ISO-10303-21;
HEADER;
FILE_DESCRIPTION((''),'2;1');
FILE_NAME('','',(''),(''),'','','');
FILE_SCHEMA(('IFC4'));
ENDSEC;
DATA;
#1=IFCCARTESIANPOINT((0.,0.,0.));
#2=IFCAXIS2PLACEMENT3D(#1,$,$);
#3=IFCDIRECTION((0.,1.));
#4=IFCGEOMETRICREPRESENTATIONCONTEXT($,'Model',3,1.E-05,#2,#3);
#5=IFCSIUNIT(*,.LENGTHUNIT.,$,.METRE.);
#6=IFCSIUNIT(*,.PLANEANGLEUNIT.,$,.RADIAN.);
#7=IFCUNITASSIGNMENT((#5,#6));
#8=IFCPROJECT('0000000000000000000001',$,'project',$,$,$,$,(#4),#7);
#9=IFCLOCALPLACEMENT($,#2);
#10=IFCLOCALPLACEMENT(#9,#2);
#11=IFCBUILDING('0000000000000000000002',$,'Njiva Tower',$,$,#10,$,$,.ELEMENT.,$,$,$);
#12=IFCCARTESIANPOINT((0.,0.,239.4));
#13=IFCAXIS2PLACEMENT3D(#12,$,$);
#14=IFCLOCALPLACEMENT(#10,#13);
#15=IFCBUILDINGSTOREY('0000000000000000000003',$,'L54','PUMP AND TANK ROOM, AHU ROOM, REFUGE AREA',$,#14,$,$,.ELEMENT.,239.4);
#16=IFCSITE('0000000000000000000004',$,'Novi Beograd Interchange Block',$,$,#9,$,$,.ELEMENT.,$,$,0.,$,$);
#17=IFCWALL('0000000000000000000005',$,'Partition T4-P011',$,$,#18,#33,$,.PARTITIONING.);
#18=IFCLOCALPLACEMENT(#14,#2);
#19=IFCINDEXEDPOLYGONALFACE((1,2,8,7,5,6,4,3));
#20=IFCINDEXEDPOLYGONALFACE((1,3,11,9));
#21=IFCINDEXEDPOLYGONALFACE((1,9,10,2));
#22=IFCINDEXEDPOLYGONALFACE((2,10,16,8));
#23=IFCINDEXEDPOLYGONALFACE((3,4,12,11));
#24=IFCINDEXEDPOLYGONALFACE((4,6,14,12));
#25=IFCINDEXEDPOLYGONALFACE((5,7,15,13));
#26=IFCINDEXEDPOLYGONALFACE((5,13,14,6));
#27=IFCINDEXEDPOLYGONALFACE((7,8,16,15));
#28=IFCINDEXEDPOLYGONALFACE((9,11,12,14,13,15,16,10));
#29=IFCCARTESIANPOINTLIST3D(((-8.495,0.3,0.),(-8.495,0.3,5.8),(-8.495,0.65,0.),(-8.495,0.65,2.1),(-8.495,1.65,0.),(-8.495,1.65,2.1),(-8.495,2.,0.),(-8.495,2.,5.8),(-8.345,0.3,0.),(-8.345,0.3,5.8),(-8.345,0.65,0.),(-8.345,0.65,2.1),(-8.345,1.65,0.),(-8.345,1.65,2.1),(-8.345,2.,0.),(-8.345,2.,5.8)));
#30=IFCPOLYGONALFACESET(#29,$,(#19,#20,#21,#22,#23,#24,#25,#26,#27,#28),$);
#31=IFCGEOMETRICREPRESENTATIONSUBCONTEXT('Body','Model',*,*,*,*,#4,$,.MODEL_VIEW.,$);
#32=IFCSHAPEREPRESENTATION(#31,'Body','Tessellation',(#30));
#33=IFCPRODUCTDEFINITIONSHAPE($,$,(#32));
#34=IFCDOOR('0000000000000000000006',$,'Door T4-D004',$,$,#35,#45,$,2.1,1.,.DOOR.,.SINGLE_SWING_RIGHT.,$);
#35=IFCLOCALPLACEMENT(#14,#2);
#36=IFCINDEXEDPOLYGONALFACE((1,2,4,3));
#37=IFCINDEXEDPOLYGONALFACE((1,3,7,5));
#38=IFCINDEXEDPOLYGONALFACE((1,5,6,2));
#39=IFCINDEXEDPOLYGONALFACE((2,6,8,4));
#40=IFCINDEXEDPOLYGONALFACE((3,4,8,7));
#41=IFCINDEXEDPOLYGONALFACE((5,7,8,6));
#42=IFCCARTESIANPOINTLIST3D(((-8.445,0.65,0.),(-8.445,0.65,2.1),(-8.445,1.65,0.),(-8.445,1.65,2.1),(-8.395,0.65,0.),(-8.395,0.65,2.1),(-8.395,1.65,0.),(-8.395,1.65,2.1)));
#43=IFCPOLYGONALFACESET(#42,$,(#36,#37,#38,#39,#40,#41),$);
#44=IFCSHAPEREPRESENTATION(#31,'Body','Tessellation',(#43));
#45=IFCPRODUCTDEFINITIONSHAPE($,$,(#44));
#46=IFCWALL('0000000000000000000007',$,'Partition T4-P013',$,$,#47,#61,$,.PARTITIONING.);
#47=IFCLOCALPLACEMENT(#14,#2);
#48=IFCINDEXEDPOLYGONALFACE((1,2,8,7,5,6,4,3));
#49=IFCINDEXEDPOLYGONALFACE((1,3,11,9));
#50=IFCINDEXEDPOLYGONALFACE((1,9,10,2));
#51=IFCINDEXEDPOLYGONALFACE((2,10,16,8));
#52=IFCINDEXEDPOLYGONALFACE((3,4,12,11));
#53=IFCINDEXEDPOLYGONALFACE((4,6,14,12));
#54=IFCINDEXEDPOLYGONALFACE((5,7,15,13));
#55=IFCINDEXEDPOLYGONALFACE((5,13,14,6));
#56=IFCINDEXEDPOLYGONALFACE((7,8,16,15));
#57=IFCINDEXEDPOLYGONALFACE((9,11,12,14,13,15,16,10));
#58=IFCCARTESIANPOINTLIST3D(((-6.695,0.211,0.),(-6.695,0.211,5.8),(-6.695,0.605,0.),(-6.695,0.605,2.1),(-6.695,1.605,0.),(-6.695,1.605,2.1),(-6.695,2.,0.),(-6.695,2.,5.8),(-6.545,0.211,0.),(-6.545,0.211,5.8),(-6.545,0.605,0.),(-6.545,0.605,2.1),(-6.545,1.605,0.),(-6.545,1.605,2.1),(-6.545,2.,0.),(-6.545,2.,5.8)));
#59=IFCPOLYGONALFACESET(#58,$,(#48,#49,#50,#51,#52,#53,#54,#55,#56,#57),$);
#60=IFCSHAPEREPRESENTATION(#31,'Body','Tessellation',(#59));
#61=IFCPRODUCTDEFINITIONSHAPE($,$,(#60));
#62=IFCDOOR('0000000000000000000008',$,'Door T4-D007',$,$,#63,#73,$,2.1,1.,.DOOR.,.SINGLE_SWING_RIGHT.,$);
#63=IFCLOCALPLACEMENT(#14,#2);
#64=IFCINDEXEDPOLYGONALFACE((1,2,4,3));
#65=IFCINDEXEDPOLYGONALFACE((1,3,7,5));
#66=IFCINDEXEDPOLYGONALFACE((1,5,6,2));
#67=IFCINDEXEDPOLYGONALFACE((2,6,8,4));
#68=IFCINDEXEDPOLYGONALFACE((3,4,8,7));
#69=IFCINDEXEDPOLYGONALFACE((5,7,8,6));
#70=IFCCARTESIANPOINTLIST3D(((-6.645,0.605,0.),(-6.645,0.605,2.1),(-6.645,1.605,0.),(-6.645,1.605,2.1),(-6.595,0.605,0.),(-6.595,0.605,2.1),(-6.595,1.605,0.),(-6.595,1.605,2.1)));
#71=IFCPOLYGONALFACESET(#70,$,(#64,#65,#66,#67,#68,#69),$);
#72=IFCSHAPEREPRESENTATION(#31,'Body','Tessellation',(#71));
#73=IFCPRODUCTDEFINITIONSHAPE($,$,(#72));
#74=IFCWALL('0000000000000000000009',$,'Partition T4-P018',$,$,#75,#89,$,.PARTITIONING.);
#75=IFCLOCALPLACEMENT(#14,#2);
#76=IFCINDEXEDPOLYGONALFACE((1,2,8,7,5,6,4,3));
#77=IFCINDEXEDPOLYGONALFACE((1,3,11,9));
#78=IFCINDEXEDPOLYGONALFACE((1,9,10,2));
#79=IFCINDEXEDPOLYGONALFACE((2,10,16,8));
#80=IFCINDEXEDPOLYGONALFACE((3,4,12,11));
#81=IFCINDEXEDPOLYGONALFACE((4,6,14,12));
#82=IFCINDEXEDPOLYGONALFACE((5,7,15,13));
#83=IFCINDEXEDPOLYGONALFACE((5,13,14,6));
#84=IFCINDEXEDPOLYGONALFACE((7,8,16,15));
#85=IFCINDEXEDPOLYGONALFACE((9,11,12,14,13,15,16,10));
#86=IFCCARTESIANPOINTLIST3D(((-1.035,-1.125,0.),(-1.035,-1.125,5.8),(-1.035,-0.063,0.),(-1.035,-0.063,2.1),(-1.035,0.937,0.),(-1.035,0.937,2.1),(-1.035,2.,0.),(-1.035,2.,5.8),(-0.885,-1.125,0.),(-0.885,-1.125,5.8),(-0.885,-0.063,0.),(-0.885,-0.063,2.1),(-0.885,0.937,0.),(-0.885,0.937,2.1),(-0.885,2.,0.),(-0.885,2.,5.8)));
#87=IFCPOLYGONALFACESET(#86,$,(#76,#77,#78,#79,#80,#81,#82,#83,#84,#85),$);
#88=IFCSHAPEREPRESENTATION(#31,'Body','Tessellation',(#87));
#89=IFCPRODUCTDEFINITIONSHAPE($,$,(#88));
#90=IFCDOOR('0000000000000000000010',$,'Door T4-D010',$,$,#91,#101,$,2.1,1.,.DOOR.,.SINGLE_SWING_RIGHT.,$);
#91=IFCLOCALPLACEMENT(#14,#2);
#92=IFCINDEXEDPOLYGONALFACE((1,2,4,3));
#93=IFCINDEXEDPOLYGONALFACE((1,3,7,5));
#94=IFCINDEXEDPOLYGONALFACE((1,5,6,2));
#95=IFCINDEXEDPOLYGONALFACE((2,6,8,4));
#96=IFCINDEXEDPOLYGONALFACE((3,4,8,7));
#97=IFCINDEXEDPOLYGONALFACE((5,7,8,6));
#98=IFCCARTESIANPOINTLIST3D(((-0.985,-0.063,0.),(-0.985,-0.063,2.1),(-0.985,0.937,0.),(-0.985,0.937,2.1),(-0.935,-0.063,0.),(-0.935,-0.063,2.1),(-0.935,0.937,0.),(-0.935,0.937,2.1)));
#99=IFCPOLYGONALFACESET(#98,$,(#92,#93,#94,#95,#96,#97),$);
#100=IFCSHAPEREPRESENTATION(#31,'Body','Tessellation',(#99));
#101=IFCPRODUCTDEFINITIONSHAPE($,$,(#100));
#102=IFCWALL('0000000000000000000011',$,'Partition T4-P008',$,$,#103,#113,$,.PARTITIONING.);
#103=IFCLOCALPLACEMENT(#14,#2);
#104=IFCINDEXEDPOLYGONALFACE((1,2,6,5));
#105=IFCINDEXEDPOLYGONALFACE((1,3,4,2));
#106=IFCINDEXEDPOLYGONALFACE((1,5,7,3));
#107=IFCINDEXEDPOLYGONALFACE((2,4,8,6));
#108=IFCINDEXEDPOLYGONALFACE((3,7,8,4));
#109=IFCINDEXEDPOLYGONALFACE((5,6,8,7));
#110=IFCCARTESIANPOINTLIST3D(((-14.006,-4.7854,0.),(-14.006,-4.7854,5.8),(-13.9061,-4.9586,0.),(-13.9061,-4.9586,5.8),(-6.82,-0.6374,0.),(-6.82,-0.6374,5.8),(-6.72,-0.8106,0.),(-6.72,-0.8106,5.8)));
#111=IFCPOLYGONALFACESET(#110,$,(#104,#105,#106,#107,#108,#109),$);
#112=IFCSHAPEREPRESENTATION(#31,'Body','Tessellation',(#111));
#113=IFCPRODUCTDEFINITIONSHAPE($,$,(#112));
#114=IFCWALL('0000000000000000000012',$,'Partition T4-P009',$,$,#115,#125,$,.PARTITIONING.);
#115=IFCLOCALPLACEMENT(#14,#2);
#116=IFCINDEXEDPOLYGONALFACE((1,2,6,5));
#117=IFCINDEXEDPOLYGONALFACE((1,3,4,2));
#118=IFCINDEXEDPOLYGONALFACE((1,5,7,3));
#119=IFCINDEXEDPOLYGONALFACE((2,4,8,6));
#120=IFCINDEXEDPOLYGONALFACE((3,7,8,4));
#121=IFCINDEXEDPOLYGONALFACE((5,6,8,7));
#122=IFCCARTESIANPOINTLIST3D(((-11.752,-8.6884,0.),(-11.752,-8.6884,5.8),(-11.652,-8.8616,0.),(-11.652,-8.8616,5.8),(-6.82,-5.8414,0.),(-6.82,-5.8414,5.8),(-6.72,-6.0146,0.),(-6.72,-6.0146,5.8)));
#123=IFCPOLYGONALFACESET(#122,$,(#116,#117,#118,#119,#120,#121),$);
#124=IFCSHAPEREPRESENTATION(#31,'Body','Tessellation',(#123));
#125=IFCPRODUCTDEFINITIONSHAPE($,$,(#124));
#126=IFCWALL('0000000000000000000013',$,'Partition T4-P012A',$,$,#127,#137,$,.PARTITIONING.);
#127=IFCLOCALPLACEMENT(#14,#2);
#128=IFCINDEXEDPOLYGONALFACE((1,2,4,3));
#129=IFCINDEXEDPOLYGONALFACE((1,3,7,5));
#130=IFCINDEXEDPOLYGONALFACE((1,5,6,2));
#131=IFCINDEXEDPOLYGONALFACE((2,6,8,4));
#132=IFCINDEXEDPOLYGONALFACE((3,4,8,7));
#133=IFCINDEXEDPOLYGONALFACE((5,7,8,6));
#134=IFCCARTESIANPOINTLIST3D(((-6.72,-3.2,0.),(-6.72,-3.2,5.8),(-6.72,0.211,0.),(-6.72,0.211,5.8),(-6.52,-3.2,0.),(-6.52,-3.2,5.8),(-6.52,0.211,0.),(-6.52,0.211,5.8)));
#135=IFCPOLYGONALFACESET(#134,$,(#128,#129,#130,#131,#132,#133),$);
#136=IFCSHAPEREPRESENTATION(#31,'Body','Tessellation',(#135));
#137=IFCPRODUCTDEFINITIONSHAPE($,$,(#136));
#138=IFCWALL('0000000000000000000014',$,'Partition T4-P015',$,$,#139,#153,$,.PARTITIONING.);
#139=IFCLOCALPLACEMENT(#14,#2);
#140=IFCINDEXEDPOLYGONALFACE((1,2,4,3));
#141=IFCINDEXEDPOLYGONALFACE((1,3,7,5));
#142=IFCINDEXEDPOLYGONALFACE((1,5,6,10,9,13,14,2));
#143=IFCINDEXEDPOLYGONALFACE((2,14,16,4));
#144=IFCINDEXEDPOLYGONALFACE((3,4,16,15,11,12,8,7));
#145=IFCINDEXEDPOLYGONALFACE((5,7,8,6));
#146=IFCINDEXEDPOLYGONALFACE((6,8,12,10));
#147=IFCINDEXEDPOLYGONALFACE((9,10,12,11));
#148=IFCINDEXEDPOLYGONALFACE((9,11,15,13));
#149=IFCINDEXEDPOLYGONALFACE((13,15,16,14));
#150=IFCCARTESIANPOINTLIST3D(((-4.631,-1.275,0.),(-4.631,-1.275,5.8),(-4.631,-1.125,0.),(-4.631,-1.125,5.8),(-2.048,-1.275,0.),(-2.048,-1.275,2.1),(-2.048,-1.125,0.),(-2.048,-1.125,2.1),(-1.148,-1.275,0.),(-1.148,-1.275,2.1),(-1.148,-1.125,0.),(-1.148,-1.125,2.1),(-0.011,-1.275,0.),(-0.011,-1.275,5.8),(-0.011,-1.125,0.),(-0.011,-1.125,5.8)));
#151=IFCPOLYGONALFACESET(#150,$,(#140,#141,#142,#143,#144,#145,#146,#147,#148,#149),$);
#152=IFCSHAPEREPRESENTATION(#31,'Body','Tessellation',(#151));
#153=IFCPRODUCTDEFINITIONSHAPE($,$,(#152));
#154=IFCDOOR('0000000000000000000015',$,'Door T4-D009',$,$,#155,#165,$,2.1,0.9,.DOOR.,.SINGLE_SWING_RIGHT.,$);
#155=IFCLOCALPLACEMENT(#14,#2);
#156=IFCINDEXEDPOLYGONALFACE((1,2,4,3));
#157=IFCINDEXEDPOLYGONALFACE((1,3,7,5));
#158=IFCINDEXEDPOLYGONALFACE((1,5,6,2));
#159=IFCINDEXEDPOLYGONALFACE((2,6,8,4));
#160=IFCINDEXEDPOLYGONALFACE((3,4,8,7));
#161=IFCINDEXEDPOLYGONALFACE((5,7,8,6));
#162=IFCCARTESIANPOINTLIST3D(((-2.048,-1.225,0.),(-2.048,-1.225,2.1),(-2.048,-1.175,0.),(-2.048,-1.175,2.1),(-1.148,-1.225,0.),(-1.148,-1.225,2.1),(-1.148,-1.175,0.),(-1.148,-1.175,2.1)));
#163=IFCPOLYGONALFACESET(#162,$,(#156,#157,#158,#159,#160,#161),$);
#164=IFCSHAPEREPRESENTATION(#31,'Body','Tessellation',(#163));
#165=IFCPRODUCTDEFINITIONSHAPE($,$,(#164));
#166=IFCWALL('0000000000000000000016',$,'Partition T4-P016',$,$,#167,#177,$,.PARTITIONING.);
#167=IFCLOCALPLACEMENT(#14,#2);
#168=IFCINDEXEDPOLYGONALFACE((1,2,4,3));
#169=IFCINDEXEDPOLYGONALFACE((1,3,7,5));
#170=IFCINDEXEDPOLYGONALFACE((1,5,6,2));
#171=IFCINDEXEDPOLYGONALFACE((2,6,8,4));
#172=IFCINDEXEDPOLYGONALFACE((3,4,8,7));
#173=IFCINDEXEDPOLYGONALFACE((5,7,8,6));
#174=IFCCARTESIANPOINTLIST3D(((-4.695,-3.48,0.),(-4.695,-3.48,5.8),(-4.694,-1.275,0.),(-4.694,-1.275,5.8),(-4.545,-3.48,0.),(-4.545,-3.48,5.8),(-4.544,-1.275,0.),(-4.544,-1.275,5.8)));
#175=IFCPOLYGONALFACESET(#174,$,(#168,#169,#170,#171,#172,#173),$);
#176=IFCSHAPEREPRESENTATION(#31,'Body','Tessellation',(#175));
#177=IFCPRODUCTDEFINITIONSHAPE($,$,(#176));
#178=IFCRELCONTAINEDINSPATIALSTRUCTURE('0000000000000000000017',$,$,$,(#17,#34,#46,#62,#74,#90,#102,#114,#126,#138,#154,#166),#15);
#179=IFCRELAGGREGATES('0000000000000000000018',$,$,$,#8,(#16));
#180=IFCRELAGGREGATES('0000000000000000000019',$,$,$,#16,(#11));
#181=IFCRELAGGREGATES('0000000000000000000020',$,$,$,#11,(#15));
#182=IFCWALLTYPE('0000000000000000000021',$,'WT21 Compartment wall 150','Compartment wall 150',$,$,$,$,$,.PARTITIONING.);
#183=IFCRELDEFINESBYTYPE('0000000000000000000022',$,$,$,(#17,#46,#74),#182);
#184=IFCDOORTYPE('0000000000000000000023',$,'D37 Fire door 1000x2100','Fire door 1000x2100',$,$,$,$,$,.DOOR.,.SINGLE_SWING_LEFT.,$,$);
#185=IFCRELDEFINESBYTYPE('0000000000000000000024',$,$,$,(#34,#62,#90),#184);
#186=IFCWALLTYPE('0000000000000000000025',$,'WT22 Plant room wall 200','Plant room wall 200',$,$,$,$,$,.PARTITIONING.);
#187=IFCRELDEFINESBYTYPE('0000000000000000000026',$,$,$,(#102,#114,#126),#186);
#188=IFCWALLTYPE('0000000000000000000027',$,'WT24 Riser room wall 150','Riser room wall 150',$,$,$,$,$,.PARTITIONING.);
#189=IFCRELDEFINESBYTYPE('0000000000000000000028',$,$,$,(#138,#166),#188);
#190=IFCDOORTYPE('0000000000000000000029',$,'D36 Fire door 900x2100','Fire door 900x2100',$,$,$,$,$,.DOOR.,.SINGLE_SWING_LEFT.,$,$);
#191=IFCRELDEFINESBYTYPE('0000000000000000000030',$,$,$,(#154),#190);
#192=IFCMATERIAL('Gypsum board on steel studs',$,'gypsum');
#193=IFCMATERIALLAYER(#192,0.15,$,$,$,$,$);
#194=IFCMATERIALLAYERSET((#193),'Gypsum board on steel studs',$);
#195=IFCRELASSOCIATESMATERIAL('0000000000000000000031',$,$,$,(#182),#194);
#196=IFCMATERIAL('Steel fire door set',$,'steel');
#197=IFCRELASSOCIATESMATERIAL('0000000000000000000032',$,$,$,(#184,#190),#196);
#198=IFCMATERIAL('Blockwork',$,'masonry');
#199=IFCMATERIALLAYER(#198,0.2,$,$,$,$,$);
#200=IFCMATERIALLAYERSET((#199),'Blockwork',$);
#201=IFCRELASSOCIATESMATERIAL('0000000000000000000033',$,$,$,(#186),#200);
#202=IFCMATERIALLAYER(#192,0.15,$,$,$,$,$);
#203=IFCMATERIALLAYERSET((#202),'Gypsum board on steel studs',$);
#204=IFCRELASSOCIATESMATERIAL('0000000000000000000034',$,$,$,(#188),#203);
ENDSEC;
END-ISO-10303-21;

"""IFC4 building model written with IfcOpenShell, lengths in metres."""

from ifc_helpers import new_model, si_unit, direction, frame, frame_2d, origin, place, context, subcontext, project, spatial, rectangle, extrude, material, layer, layer_set, type_object, element, fill, save


model = new_model("IFC4")

# Units and contexts
model_context = context("Model", 3, precision=1e-05, world=origin(), true_north=direction((0.0, 1.0)))
body_context = subcontext(model_context, "Body", "Model", "MODEL_VIEW")
ifc_project = project(units=[si_unit("LENGTHUNIT", "METRE"), si_unit("PLANEANGLEUNIT", "RADIAN")], contexts=[model_context])

# Site, building, storey
site_placement = place(None, origin())
site = spatial("IfcSite", under=ifc_project, at=site_placement, Name="Novi Beograd Interchange Block", CompositionType="ELEMENT", RefElevation=0.0)
building_placement = place(site_placement, origin())
building = spatial("IfcBuilding", under=site, at=building_placement, Name="Njiva Tower", CompositionType="ELEMENT")
storey_placement = place(building_placement, frame((0.0, 0.0, 239.4)))
storey = spatial("IfcBuildingStorey", under=building, at=storey_placement, Name="L54", Description="PUMP AND TANK ROOM, AHU ROOM, REFUGE AREA", CompositionType="ELEMENT", Elevation=239.4)

# Walls, openings, doors
ifc_material_1 = material(Name="Gypsum board on steel studs", Category="gypsum")
ifc_layer_1 = layer(ifc_material_1, 0.15)
ifc_layer_set_1 = layer_set([ifc_layer_1], Name="Gypsum board on steel studs")
wall_type_1 = type_object("IfcWallType", Name="WT21 Compartment wall 150", Description="Compartment wall 150", PredefinedType="PARTITIONING", material=ifc_layer_set_1)
wall_1_placement = place(storey_placement, frame((-8.42, 0.3, 0.0), z_axis=(0.0, 0.0, 1.0), x_axis=(0.0, 1.0, 0.0)))
wall_1 = element("IfcWall", 1, at=wall_1_placement, inside=storey, type_object=wall_type_1, Name="Partition T4-P011", PredefinedType="PARTITIONING", context=body_context, shape_type="SweptSolid", body=[
    extrude(rectangle(XDim=1.7, YDim=0.15, at=frame_2d((0.85, 0.0))), origin(), (0.0, 0.0, 1.0), 5.8),
])
opening_1_placement = place(wall_1_placement, frame((0.35, 0.0, 0.0)))
opening_1 = element("IfcOpeningElement", 2, at=opening_1_placement, cuts=wall_1, PredefinedType="OPENING", context=body_context, shape_type="SweptSolid", body=[
    extrude(rectangle(XDim=1.0, YDim=2.1, at=frame_2d((0.5, 1.05))), frame((0.0, 0.085, 0.0), z_axis=(0.0, -1.0, 0.0), x_axis=(1.0, 0.0, 0.0)), (0.0, 0.0, 1.0), 0.17),
])
ifc_material_2 = material(Name="Steel fire door set", Category="steel")
door_type_1 = type_object("IfcDoorType", Name="D37 Fire door 1000x2100", Description="Fire door 1000x2100", OperationType="SINGLE_SWING_LEFT", PredefinedType="DOOR", material=ifc_material_2)
door_1_placement = place(opening_1_placement, origin())
door_1 = element("IfcDoor", 3, at=door_1_placement, inside=storey, type_object=door_type_1, Name="Door T4-D004", OperationType="SINGLE_SWING_RIGHT", OverallHeight=2.1, OverallWidth=1.0, PredefinedType="DOOR", context=body_context, shape_type="SweptSolid", body=[
    extrude(rectangle(XDim=1.0, YDim=2.1, at=frame_2d((0.5, 1.05))), frame((0.0, 0.025, 0.0), z_axis=(0.0, -1.0, 0.0), x_axis=(1.0, 0.0, 0.0)), (0.0, 0.0, 1.0), 0.05),
])
fill(opening_1, door_1)
wall_2_placement = place(storey_placement, frame((-6.62, 0.211, 0.0), z_axis=(0.0, 0.0, 1.0), x_axis=(0.0, 1.0, 0.0)))
wall_2 = element("IfcWall", 4, at=wall_2_placement, inside=storey, type_object=wall_type_1, Name="Partition T4-P013", PredefinedType="PARTITIONING", context=body_context, shape_type="SweptSolid", body=[
    extrude(rectangle(XDim=1.789, YDim=0.15, at=frame_2d((0.8945, 0.0))), origin(), (0.0, 0.0, 1.0), 5.8),
])
opening_2_placement = place(wall_2_placement, frame((0.394, 0.0, 0.0)))
opening_2 = element("IfcOpeningElement", 5, at=opening_2_placement, cuts=wall_2, PredefinedType="OPENING", context=body_context, shape_type="SweptSolid", body=[
    extrude(rectangle(XDim=1.0, YDim=2.1, at=frame_2d((0.5, 1.05))), frame((0.0, 0.085, 0.0), z_axis=(0.0, -1.0, 0.0), x_axis=(1.0, 0.0, 0.0)), (0.0, 0.0, 1.0), 0.17),
])
door_2_placement = place(opening_2_placement, origin())
door_2 = element("IfcDoor", 6, at=door_2_placement, inside=storey, type_object=door_type_1, Name="Door T4-D007", OperationType="SINGLE_SWING_RIGHT", OverallHeight=2.1, OverallWidth=1.0, PredefinedType="DOOR", context=body_context, shape_type="SweptSolid", body=[
    extrude(rectangle(XDim=1.0, YDim=2.1, at=frame_2d((0.5, 1.05))), frame((0.0, 0.025, 0.0), z_axis=(0.0, -1.0, 0.0), x_axis=(1.0, 0.0, 0.0)), (0.0, 0.0, 1.0), 0.05),
])
fill(opening_2, door_2)
wall_3_placement = place(storey_placement, frame((-0.96, -1.125, 0.0), z_axis=(0.0, 0.0, 1.0), x_axis=(0.0, 1.0, 0.0)))
wall_3 = element("IfcWall", 7, at=wall_3_placement, inside=storey, type_object=wall_type_1, Name="Partition T4-P018", PredefinedType="PARTITIONING", context=body_context, shape_type="SweptSolid", body=[
    extrude(rectangle(XDim=3.125, YDim=0.15, at=frame_2d((1.5625, 0.0))), origin(), (0.0, 0.0, 1.0), 5.8),
])
opening_3_placement = place(wall_3_placement, frame((1.062, 0.0, 0.0)))
opening_3 = element("IfcOpeningElement", 8, at=opening_3_placement, cuts=wall_3, PredefinedType="OPENING", context=body_context, shape_type="SweptSolid", body=[
    extrude(rectangle(XDim=1.0, YDim=2.1, at=frame_2d((0.5, 1.05))), frame((0.0, 0.085, 0.0), z_axis=(0.0, -1.0, 0.0), x_axis=(1.0, 0.0, 0.0)), (0.0, 0.0, 1.0), 0.17),
])
door_3_placement = place(opening_3_placement, origin())
door_3 = element("IfcDoor", 9, at=door_3_placement, inside=storey, type_object=door_type_1, Name="Door T4-D010", OperationType="SINGLE_SWING_RIGHT", OverallHeight=2.1, OverallWidth=1.0, PredefinedType="DOOR", context=body_context, shape_type="SweptSolid", body=[
    extrude(rectangle(XDim=1.0, YDim=2.1, at=frame_2d((0.5, 1.05))), frame((0.0, 0.025, 0.0), z_axis=(0.0, -1.0, 0.0), x_axis=(1.0, 0.0, 0.0)), (0.0, 0.0, 1.0), 0.05),
])
fill(opening_3, door_3)

# Walls
ifc_material_3 = material(Name="Blockwork", Category="masonry")
ifc_layer_2 = layer(ifc_material_3, 0.2)
ifc_layer_set_2 = layer_set([ifc_layer_2], Name="Blockwork")
wall_type_2 = type_object("IfcWallType", Name="WT22 Plant room wall 200", Description="Plant room wall 200", PredefinedType="PARTITIONING", material=ifc_layer_set_2)
wall_4_placement = place(storey_placement, frame((-13.956, -4.872, 0.0), z_axis=(0.0, 0.0, 1.0), x_axis=(0.866069, 0.499924, 0.0)))
element("IfcWall", 10, at=wall_4_placement, inside=storey, type_object=wall_type_2, Name="Partition T4-P008", PredefinedType="PARTITIONING", context=body_context, shape_type="SweptSolid", body=[
    extrude(rectangle(XDim=8.2973, YDim=0.2, at=frame_2d((4.1486, 0.0))), origin(), (0.0, 0.0, 1.0), 5.8),
])
wall_5_placement = place(storey_placement, frame((-11.702, -8.775, 0.0), z_axis=(0.0, 0.0, 1.0), x_axis=(0.866063, 0.499935, 0.0)))
element("IfcWall", 11, at=wall_5_placement, inside=storey, type_object=wall_type_2, Name="Partition T4-P009", PredefinedType="PARTITIONING", context=body_context, shape_type="SweptSolid", body=[
    extrude(rectangle(XDim=5.6947, YDim=0.2, at=frame_2d((2.8474, 0.0))), origin(), (0.0, 0.0, 1.0), 5.8),
])
wall_6_placement = place(storey_placement, frame((-6.62, -3.2, 0.0), z_axis=(0.0, 0.0, 1.0), x_axis=(0.0, 1.0, 0.0)))
element("IfcWall", 12, at=wall_6_placement, inside=storey, type_object=wall_type_2, Name="Partition T4-P012A", PredefinedType="PARTITIONING", context=body_context, shape_type="SweptSolid", body=[
    extrude(rectangle(XDim=3.411, YDim=0.2, at=frame_2d((1.7055, 0.0))), origin(), (0.0, 0.0, 1.0), 5.8),
])

# Wall, opening, door
ifc_layer_3 = layer(ifc_material_1, 0.15)
ifc_layer_set_3 = layer_set([ifc_layer_3], Name="Gypsum board on steel studs")
wall_type_3 = type_object("IfcWallType", Name="WT24 Riser room wall 150", Description="Riser room wall 150", PredefinedType="PARTITIONING", material=ifc_layer_set_3)
wall_7_placement = place(storey_placement, frame((-4.631, -1.2, 0.0), z_axis=(0.0, 0.0, 1.0), x_axis=(1.0, 0.0, 0.0)))
wall_7 = element("IfcWall", 13, at=wall_7_placement, inside=storey, type_object=wall_type_3, Name="Partition T4-P015", PredefinedType="PARTITIONING", context=body_context, shape_type="SweptSolid", body=[
    extrude(rectangle(XDim=4.62, YDim=0.15, at=frame_2d((2.31, 0.0))), origin(), (0.0, 0.0, 1.0), 5.8),
])
opening_4_placement = place(wall_7_placement, frame((2.583, 0.0, 0.0)))
opening_4 = element("IfcOpeningElement", 14, at=opening_4_placement, cuts=wall_7, PredefinedType="OPENING", context=body_context, shape_type="SweptSolid", body=[
    extrude(rectangle(XDim=0.9, YDim=2.1, at=frame_2d((0.45, 1.05))), frame((0.0, 0.085, 0.0), z_axis=(0.0, -1.0, 0.0), x_axis=(1.0, 0.0, 0.0)), (0.0, 0.0, 1.0), 0.17),
])
door_type_2 = type_object("IfcDoorType", Name="D36 Fire door 900x2100", Description="Fire door 900x2100", OperationType="SINGLE_SWING_LEFT", PredefinedType="DOOR", material=ifc_material_2)
door_4_placement = place(opening_4_placement, origin())
door_4 = element("IfcDoor", 15, at=door_4_placement, inside=storey, type_object=door_type_2, Name="Door T4-D009", OperationType="SINGLE_SWING_RIGHT", OverallHeight=2.1, OverallWidth=0.9, PredefinedType="DOOR", context=body_context, shape_type="SweptSolid", body=[
    extrude(rectangle(XDim=0.9, YDim=2.1, at=frame_2d((0.45, 1.05))), frame((0.0, 0.025, 0.0), z_axis=(0.0, -1.0, 0.0), x_axis=(1.0, 0.0, 0.0)), (0.0, 0.0, 1.0), 0.05),
])
fill(opening_4, door_4)

# Wall
wall_8_placement = place(storey_placement, frame((-4.62, -3.48, 0.0), z_axis=(0.0, 0.0, 1.0), x_axis=(0.000454, 1.0, 0.0)))
element("IfcWall", 16, at=wall_8_placement, inside=storey, type_object=wall_type_3, Name="Partition T4-P016", PredefinedType="PARTITIONING", context=body_context, shape_type="SweptSolid", body=[
    extrude(rectangle(XDim=2.205, YDim=0.15, at=frame_2d((1.1025, 0.0))), origin(), (0.0, 0.0, 1.0), 5.8),
])

save(model, "model.ifc")
